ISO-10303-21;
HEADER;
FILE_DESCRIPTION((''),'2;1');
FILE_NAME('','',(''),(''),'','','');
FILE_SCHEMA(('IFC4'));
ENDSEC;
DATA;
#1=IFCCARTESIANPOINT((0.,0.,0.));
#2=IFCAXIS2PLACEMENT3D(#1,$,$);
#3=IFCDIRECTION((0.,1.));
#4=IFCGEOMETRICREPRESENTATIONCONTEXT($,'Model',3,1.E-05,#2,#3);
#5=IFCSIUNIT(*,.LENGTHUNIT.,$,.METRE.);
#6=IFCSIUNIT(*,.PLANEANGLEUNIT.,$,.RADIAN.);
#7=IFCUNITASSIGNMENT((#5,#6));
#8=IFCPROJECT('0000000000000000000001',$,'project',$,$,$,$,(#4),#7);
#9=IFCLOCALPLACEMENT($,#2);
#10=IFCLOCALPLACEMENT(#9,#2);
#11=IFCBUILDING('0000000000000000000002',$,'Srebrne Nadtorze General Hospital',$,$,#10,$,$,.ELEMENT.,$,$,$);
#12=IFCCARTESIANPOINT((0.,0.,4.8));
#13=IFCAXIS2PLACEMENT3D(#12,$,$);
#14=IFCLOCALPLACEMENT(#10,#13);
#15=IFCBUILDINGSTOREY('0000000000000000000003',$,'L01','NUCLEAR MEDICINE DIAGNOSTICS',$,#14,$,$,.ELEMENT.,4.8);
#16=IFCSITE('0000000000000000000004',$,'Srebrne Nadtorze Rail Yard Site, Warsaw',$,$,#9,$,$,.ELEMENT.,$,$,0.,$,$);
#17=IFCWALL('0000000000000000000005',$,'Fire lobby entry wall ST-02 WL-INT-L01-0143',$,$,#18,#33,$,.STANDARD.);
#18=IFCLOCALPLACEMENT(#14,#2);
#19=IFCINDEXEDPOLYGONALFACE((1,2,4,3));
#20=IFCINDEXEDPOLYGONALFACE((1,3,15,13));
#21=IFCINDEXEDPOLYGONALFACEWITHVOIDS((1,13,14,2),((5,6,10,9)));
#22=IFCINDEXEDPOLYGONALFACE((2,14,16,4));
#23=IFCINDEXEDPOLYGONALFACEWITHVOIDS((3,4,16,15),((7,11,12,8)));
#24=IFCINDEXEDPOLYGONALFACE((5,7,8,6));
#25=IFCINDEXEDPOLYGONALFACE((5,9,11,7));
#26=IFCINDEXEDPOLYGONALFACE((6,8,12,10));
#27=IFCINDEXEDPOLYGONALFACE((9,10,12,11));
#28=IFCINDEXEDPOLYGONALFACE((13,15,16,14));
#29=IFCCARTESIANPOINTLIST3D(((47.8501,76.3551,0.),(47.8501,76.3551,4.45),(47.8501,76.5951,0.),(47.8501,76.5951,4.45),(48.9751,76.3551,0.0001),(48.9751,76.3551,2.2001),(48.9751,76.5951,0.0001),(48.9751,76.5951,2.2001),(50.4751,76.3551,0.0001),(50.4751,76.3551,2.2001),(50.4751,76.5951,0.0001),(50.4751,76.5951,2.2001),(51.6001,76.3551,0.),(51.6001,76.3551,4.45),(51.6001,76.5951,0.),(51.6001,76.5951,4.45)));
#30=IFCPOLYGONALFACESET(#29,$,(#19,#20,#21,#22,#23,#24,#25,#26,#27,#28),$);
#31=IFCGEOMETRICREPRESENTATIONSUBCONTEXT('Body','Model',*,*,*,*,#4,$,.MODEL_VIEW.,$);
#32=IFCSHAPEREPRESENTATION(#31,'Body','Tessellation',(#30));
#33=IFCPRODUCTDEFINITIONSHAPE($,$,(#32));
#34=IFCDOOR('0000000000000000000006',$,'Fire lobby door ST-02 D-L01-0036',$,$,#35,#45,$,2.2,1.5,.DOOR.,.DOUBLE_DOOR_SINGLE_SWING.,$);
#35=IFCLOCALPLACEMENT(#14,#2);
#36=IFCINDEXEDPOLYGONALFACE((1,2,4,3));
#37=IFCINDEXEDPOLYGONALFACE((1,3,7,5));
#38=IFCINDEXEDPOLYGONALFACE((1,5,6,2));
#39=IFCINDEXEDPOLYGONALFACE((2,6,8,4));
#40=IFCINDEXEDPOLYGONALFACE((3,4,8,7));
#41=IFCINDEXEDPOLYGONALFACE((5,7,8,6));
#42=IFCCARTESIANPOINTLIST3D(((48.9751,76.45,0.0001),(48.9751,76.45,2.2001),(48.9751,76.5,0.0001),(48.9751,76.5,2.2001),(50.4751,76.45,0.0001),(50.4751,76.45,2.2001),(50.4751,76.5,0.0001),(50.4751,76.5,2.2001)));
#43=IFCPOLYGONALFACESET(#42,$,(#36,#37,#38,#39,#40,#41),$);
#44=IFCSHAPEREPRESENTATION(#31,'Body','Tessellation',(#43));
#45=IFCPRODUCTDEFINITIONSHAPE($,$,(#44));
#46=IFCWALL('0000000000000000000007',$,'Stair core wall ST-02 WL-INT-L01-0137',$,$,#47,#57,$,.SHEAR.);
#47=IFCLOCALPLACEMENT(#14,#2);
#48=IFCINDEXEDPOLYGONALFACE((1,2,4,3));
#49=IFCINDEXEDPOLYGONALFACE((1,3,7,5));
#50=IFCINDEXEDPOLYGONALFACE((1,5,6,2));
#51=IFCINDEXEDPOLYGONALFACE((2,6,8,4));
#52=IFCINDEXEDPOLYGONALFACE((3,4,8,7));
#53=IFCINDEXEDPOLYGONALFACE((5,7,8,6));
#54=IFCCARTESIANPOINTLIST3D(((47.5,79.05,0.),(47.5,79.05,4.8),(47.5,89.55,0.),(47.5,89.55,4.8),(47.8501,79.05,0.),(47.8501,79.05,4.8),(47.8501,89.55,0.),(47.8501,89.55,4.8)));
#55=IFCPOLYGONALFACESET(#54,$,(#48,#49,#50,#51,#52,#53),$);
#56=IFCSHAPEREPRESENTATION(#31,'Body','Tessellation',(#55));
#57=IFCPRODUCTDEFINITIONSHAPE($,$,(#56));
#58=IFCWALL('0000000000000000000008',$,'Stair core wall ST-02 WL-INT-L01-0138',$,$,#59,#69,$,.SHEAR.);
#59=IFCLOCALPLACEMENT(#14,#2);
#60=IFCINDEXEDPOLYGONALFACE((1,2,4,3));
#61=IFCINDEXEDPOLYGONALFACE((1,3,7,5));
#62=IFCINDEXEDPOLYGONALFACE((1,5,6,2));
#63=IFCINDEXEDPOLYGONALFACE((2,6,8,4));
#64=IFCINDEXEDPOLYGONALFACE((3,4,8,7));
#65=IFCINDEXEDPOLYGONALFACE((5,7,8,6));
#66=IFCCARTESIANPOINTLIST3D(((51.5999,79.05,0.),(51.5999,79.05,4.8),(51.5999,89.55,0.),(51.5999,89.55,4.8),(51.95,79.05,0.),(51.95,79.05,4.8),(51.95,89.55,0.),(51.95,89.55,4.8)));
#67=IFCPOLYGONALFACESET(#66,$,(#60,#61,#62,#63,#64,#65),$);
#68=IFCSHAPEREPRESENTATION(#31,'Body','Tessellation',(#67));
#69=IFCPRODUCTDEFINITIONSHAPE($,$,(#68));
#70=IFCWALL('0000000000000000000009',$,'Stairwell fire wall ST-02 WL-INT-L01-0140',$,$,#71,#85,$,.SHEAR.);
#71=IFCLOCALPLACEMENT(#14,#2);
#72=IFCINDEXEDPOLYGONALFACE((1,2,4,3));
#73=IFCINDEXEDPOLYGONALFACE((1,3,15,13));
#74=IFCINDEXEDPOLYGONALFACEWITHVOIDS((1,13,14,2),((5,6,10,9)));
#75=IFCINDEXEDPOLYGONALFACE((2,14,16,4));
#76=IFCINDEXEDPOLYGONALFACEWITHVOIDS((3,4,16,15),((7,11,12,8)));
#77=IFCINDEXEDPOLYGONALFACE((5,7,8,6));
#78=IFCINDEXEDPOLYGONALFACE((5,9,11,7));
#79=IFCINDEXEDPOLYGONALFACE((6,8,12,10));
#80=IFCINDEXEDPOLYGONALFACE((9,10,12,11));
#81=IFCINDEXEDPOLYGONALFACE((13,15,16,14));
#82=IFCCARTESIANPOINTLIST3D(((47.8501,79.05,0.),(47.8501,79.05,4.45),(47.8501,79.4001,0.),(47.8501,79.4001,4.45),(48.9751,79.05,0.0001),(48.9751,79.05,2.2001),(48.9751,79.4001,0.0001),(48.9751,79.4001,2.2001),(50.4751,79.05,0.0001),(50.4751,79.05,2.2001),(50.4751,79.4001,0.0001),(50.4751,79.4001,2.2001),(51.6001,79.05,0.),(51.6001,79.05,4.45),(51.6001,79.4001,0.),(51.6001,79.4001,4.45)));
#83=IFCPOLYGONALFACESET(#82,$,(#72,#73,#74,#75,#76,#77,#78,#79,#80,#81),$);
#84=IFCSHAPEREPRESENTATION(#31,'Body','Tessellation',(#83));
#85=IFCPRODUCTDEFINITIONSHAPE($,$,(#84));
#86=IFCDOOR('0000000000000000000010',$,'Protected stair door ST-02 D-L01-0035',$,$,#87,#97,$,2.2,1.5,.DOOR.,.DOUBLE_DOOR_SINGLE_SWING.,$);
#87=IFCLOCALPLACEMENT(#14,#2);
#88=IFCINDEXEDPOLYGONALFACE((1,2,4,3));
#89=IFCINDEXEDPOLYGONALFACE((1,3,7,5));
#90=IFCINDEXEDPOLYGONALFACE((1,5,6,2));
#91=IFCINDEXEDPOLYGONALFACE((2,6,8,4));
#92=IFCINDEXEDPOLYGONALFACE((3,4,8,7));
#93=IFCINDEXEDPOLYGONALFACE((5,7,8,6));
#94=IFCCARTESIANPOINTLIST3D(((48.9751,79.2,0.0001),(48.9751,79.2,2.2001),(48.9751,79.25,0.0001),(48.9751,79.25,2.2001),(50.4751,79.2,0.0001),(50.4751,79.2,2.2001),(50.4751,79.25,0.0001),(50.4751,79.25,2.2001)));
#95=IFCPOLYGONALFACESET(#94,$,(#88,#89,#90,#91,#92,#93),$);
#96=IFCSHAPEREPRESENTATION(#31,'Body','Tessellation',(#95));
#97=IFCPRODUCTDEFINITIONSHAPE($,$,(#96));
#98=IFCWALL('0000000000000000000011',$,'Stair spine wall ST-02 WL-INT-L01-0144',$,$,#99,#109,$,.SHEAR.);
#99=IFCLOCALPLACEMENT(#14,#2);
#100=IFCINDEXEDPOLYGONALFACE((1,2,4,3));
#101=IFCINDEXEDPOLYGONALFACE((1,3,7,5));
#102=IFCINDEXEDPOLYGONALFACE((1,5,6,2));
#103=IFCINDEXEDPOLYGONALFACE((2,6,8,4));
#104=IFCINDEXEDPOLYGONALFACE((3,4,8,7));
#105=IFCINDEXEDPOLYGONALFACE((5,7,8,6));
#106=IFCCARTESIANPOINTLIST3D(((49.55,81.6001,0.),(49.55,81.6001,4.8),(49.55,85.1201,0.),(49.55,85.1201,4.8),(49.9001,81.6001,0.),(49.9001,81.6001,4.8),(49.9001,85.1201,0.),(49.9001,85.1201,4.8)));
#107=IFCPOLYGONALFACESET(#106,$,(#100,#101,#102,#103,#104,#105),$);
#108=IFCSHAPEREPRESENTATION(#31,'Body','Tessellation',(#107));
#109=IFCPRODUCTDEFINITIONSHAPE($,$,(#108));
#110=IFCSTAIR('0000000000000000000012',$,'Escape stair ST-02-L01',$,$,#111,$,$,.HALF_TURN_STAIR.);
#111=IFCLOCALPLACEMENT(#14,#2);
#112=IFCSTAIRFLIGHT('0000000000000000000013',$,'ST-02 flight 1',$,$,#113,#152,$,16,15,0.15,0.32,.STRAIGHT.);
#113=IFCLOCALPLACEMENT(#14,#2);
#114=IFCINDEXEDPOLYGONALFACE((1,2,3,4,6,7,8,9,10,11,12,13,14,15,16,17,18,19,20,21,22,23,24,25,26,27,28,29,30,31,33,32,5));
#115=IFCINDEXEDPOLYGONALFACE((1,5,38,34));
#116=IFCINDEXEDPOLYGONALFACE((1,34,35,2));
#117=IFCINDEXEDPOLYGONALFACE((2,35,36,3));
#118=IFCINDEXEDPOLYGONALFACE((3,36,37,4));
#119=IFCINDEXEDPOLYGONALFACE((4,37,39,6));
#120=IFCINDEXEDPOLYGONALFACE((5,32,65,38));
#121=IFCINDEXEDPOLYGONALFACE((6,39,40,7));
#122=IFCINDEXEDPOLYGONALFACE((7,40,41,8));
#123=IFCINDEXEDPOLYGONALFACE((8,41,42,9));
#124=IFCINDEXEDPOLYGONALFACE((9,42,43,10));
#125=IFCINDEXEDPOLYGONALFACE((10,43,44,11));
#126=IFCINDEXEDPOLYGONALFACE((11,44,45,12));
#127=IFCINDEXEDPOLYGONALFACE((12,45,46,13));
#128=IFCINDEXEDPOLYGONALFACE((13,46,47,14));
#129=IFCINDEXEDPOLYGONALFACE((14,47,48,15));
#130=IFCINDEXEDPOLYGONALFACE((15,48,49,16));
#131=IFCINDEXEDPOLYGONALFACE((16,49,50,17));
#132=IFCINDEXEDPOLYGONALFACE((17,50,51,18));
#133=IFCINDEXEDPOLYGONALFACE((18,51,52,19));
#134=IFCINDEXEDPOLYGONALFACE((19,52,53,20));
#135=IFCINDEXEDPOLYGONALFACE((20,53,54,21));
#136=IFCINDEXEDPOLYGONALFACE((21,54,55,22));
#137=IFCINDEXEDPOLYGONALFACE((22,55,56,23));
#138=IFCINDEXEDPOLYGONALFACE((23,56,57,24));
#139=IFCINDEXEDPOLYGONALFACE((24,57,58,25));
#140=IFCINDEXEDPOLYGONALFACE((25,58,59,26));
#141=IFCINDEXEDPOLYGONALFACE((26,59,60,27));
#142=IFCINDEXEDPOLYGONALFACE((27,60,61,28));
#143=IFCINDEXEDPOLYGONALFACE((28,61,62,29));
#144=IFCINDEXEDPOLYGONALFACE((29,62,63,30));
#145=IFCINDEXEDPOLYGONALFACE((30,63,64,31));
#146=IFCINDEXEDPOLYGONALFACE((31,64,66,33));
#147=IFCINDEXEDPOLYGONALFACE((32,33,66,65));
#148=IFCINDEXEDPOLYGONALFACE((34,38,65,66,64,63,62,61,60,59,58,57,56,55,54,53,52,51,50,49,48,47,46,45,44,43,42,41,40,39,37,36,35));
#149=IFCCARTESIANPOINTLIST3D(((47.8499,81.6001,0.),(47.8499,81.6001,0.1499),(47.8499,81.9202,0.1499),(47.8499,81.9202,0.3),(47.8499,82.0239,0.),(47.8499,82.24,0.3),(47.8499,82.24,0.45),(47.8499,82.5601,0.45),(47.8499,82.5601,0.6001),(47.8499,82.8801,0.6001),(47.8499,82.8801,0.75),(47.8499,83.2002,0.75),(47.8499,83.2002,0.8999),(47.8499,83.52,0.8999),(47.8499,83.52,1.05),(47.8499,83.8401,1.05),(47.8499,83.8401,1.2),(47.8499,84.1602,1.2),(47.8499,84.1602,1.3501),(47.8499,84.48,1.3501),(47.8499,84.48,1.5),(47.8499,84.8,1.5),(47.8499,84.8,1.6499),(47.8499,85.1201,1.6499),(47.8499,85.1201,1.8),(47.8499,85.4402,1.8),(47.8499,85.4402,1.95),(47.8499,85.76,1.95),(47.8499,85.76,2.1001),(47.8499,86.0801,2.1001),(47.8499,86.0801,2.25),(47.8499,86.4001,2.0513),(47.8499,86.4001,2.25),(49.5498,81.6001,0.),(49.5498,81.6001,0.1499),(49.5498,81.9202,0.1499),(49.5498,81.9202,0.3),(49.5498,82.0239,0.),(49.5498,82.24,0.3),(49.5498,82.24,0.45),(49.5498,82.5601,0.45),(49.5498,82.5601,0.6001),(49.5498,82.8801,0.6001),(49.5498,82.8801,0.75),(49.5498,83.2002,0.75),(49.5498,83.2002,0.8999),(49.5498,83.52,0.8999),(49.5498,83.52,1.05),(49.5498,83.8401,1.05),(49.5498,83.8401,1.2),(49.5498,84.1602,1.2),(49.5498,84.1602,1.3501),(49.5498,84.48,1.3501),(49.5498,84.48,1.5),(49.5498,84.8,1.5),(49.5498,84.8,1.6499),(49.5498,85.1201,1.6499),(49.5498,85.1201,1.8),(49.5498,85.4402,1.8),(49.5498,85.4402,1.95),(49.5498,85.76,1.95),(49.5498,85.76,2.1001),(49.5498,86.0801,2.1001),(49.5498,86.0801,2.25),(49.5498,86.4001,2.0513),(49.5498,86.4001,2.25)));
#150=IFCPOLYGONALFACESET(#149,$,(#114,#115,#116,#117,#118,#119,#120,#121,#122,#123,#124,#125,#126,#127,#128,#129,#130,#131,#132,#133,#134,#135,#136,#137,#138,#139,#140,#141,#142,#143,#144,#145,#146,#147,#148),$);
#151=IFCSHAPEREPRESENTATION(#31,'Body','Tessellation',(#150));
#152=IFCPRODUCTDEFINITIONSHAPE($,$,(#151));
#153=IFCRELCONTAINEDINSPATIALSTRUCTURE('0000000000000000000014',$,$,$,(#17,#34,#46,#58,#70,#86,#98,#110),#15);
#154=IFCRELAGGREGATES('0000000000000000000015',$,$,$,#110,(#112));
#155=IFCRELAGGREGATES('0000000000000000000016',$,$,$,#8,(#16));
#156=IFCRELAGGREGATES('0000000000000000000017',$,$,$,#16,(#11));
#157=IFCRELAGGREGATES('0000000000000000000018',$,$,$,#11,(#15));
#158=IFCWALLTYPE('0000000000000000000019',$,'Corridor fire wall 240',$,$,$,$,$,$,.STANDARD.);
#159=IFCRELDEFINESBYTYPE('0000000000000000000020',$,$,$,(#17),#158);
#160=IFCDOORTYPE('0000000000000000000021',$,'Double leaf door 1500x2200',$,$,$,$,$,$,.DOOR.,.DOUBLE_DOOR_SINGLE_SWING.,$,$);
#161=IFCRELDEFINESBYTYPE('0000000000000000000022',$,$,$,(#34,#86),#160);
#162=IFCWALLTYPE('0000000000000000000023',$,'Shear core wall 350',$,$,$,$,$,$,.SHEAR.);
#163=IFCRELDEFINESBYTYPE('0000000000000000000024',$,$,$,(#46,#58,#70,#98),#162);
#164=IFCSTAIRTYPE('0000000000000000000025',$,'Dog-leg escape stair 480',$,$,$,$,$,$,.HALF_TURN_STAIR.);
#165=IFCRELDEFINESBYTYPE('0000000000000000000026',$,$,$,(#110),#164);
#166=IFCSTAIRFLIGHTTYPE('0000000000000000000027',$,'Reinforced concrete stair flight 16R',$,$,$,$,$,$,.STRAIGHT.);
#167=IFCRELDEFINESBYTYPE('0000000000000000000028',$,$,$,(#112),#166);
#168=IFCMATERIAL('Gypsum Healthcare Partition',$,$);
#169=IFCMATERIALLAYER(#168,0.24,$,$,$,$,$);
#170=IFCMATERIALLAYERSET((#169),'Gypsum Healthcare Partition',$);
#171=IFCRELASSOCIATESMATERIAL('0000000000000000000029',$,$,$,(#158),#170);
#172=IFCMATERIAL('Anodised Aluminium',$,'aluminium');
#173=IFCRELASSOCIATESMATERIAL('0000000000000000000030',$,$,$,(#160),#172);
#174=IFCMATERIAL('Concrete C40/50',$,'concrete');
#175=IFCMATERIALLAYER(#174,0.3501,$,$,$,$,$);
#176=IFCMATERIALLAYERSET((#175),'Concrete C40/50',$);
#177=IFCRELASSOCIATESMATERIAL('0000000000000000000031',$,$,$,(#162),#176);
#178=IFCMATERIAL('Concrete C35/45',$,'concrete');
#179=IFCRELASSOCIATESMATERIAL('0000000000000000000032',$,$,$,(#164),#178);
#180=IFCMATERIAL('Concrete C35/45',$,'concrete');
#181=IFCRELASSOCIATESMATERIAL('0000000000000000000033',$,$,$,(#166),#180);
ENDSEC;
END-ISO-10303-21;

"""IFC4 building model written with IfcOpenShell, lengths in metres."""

from ifc_helpers import new_model, si_unit, direction, frame, frame_2d, origin, place, context, subcontext, project, spatial, polyline, rectangle, outline, extrude, material, layer, layer_set, type_object, element, fill, aggregate, save


model = new_model("IFC4")

# Units and contexts
model_context = context("Model", 3, precision=1e-05, world=origin(), true_north=direction((0.0, 1.0)))
body_context = subcontext(model_context, "Body", "Model", "MODEL_VIEW")
ifc_project = project(units=[si_unit("LENGTHUNIT", "METRE"), si_unit("PLANEANGLEUNIT", "RADIAN")], contexts=[model_context])

# Site, building, storey
site_placement = place(None, origin())
site = spatial("IfcSite", under=ifc_project, at=site_placement, Name="Srebrne Nadtorze Rail Yard Site, Warsaw", CompositionType="ELEMENT", RefElevation=0.0)
building_placement = place(site_placement, origin())
building = spatial("IfcBuilding", under=site, at=building_placement, Name="Srebrne Nadtorze General Hospital", CompositionType="ELEMENT")
storey_placement = place(building_placement, frame((0.0, 0.0, 4.8)))
storey = spatial("IfcBuildingStorey", under=building, at=storey_placement, Name="L01", Description="NUCLEAR MEDICINE DIAGNOSTICS", CompositionType="ELEMENT", Elevation=4.8)

# Shared definitions
ifc_material_1 = material(Name="Gypsum Healthcare Partition")
ifc_layer_1 = layer(ifc_material_1, 0.24)
ifc_layer_set_1 = layer_set([ifc_layer_1], Name="Gypsum Healthcare Partition")
wall_type_1 = type_object("IfcWallType", Name="Corridor fire wall 240", PredefinedType="STANDARD", material=ifc_layer_set_1)

# Wall, opening, door
wall_1_placement = place(storey_placement, frame((47.8501, 76.4751, 0.0), z_axis=(0.0, 0.0, 1.0), x_axis=(1.0, 0.0, 0.0)))
wall_1 = element("IfcWall", 1, at=wall_1_placement, inside=storey, type_object=wall_type_1, Name="Fire lobby entry wall ST-02 WL-INT-L01-0143", PredefinedType="STANDARD", context=body_context, shape_type="SweptSolid", body=[
    extrude(rectangle(XDim=3.75, YDim=0.24, at=frame_2d((1.875, 0.0))), origin(), (0.0, 0.0, 1.0), 4.45),
])
opening_1_placement = place(wall_1_placement, frame((1.125, 0.0, 0.0)))
opening_1 = element("IfcOpeningElement", 2, at=opening_1_placement, cuts=wall_1, PredefinedType="OPENING", context=body_context, shape_type="SweptSolid", body=[
    extrude(rectangle(XDim=1.5, YDim=2.2, at=frame_2d((0.75, 1.1001))), frame((0.0, 0.1318, 0.0), z_axis=(0.0, -1.0, 0.0), x_axis=(1.0, 0.0, 0.0)), (0.0, 0.0, 1.0), 0.2639),
])
ifc_material_2 = material(Name="Anodised Aluminium", Category="aluminium")
door_type = type_object("IfcDoorType", Name="Double leaf door 1500x2200", OperationType="DOUBLE_DOOR_SINGLE_SWING", PredefinedType="DOOR", material=ifc_material_2)
door_1_placement = place(opening_1_placement, origin())
door_1 = element("IfcDoor", 3, at=door_1_placement, inside=storey, type_object=door_type, Name="Fire lobby door ST-02 D-L01-0036", OperationType="DOUBLE_DOOR_SINGLE_SWING", OverallHeight=2.2, OverallWidth=1.5, PredefinedType="DOOR", context=body_context, shape_type="SweptSolid", body=[
    extrude(rectangle(XDim=1.5, YDim=2.2, at=frame_2d((0.75, 1.1001))), frame((0.0, 0.0249, 0.0), z_axis=(0.0, -1.0, 0.0), x_axis=(1.0, 0.0, 0.0)), (0.0, 0.0, 1.0), 0.05),
])
fill(opening_1, door_1)

# Walls
ifc_material_3 = material(Name="Concrete C40/50", Category="concrete")
ifc_layer_2 = layer(ifc_material_3, 0.3501)
ifc_layer_set_2 = layer_set([ifc_layer_2], Name="Concrete C40/50")
wall_type_2 = type_object("IfcWallType", Name="Shear core wall 350", PredefinedType="SHEAR", material=ifc_layer_set_2)
for number, where, z_axis, x_axis, name in (
    (4, (47.675, 79.05, 0.0), (0.0, 0.0, 1.0), (0.0, 1.0, 0.0), "Stair core wall ST-02 WL-INT-L01-0137"),
    (5, (51.7749, 79.05, 0.0), (0.0, 0.0, 1.0), (0.0, 1.0, 0.0), "Stair core wall ST-02 WL-INT-L01-0138"),
):
    element("IfcWall", number, at=place(storey_placement, frame(where, z_axis=z_axis, x_axis=x_axis)), inside=storey, type_object=wall_type_2, Name=name, PredefinedType="SHEAR", context=body_context, shape_type="SweptSolid", body=[
        extrude(rectangle(XDim=10.5, YDim=0.3501, at=frame_2d((5.25, 0.0))), origin(), (0.0, 0.0, 1.0), 4.8),
    ])

# Wall, opening, door
wall_2_placement = place(storey_placement, frame((47.8501, 79.2251, 0.0), z_axis=(0.0, 0.0, 1.0), x_axis=(1.0, 0.0, 0.0)))
wall_2 = element("IfcWall", 6, at=wall_2_placement, inside=storey, type_object=wall_type_2, Name="Stairwell fire wall ST-02 WL-INT-L01-0140", PredefinedType="SHEAR", context=body_context, shape_type="SweptSolid", body=[
    extrude(rectangle(XDim=3.75, YDim=0.3501, at=frame_2d((1.875, 0.0))), origin(), (0.0, 0.0, 1.0), 4.45),
])
opening_2_placement = place(wall_2_placement, frame((1.125, 0.0, 0.0)))
opening_2 = element("IfcOpeningElement", 7, at=opening_2_placement, cuts=wall_2, PredefinedType="OPENING", context=body_context, shape_type="SweptSolid", body=[
    extrude(rectangle(XDim=1.5, YDim=2.2, at=frame_2d((0.75, 1.1001))), frame((0.0, 0.187, 0.0), z_axis=(0.0, -1.0, 0.0), x_axis=(1.0, 0.0, 0.0)), (0.0, 0.0, 1.0), 0.374),
])
door_2_placement = place(opening_2_placement, origin())
door_2 = element("IfcDoor", 8, at=door_2_placement, inside=storey, type_object=door_type, Name="Protected stair door ST-02 D-L01-0035", OperationType="DOUBLE_DOOR_SINGLE_SWING", OverallHeight=2.2, OverallWidth=1.5, PredefinedType="DOOR", context=body_context, shape_type="SweptSolid", body=[
    extrude(rectangle(XDim=1.5, YDim=2.2, at=frame_2d((0.75, 1.1001))), frame((0.0, 0.0249, 0.0), z_axis=(0.0, -1.0, 0.0), x_axis=(1.0, 0.0, 0.0)), (0.0, 0.0, 1.0), 0.05),
])
fill(opening_2, door_2)

# Wall
wall_3_placement = place(storey_placement, frame((49.7251, 81.6001, 0.0), z_axis=(0.0, 0.0, 1.0), x_axis=(0.0, 1.0, 0.0)))
element("IfcWall", 9, at=wall_3_placement, inside=storey, type_object=wall_type_2, Name="Stair spine wall ST-02 WL-INT-L01-0144", PredefinedType="SHEAR", context=body_context, shape_type="SweptSolid", body=[
    extrude(rectangle(XDim=3.52, YDim=0.3501, at=frame_2d((1.76, 0.0))), origin(), (0.0, 0.0, 1.0), 4.8),
])

# Stair, stair flight
ifc_material_4 = material(Name="Concrete C35/45", Category="concrete")
stair_type = type_object("IfcStairType", Name="Dog-leg escape stair 480", PredefinedType="HALF_TURN_STAIR", material=ifc_material_4)
stair_placement = place(storey_placement, origin())
stair = element("IfcStair", 10, at=stair_placement, inside=storey, type_object=stair_type, Name="Escape stair ST-02-L01", PredefinedType="HALF_TURN_STAIR")
ifc_material_5 = material(Name="Concrete C35/45", Category="concrete")
stair_flight_type = type_object("IfcStairFlightType", Name="Reinforced concrete stair flight 16R", PredefinedType="STRAIGHT", material=ifc_material_5)
stair_flight_1_placement = place(storey_placement, frame((48.7, 81.6001, 0.0), z_axis=(0.0, 0.0, 1.0), x_axis=(0.0, 1.0, 0.0)))
stair_flight_1 = element("IfcStairFlight", 11, at=stair_flight_1_placement, type_object=stair_flight_type, Name="ST-02 flight 1", NumberOfRisers=16, NumberOfTreads=15, PredefinedType="STRAIGHT", RiserHeight=0.15, TreadLength=0.32, context=body_context, shape_type="SweptSolid", body=[
    extrude(outline(polyline([(0.0, 0.0), (0.0, 0.1499), (0.3201, 0.1499), (0.3201, 0.3), (0.6399, 0.3), (0.6399, 0.45), (0.96, 0.45), (0.96, 0.6001), (1.28, 0.6001), (1.28, 0.75), (1.6001, 0.75), (1.6001, 0.8999), (1.9199, 0.8999), (1.9199, 1.05), (2.24, 1.05), (2.24, 1.2), (2.5601, 1.2), (2.5601, 1.3501), (2.8799, 1.3501), (2.8799, 1.5), (3.2, 1.5), (3.2, 1.6499), (3.52, 1.6499), (3.52, 1.8), (3.8401, 1.8), (3.8401, 1.95), (4.1599, 1.95), (4.1599, 2.1001), (4.48, 2.1001), (4.48, 2.25), (4.8, 2.25), (4.8, 2.3999), (4.8, 2.0513), (0.4238, 0.0), (0.0, 0.0)])), frame((0.0, 0.8501, 0.0), z_axis=(0.0, -1.0, 0.0), x_axis=(1.0, 0.0, 0.0)), (0.0, 0.0, 1.0), 1.7),
])
aggregate(stair, [stair_flight_1])

save(model, "model.ifc")
